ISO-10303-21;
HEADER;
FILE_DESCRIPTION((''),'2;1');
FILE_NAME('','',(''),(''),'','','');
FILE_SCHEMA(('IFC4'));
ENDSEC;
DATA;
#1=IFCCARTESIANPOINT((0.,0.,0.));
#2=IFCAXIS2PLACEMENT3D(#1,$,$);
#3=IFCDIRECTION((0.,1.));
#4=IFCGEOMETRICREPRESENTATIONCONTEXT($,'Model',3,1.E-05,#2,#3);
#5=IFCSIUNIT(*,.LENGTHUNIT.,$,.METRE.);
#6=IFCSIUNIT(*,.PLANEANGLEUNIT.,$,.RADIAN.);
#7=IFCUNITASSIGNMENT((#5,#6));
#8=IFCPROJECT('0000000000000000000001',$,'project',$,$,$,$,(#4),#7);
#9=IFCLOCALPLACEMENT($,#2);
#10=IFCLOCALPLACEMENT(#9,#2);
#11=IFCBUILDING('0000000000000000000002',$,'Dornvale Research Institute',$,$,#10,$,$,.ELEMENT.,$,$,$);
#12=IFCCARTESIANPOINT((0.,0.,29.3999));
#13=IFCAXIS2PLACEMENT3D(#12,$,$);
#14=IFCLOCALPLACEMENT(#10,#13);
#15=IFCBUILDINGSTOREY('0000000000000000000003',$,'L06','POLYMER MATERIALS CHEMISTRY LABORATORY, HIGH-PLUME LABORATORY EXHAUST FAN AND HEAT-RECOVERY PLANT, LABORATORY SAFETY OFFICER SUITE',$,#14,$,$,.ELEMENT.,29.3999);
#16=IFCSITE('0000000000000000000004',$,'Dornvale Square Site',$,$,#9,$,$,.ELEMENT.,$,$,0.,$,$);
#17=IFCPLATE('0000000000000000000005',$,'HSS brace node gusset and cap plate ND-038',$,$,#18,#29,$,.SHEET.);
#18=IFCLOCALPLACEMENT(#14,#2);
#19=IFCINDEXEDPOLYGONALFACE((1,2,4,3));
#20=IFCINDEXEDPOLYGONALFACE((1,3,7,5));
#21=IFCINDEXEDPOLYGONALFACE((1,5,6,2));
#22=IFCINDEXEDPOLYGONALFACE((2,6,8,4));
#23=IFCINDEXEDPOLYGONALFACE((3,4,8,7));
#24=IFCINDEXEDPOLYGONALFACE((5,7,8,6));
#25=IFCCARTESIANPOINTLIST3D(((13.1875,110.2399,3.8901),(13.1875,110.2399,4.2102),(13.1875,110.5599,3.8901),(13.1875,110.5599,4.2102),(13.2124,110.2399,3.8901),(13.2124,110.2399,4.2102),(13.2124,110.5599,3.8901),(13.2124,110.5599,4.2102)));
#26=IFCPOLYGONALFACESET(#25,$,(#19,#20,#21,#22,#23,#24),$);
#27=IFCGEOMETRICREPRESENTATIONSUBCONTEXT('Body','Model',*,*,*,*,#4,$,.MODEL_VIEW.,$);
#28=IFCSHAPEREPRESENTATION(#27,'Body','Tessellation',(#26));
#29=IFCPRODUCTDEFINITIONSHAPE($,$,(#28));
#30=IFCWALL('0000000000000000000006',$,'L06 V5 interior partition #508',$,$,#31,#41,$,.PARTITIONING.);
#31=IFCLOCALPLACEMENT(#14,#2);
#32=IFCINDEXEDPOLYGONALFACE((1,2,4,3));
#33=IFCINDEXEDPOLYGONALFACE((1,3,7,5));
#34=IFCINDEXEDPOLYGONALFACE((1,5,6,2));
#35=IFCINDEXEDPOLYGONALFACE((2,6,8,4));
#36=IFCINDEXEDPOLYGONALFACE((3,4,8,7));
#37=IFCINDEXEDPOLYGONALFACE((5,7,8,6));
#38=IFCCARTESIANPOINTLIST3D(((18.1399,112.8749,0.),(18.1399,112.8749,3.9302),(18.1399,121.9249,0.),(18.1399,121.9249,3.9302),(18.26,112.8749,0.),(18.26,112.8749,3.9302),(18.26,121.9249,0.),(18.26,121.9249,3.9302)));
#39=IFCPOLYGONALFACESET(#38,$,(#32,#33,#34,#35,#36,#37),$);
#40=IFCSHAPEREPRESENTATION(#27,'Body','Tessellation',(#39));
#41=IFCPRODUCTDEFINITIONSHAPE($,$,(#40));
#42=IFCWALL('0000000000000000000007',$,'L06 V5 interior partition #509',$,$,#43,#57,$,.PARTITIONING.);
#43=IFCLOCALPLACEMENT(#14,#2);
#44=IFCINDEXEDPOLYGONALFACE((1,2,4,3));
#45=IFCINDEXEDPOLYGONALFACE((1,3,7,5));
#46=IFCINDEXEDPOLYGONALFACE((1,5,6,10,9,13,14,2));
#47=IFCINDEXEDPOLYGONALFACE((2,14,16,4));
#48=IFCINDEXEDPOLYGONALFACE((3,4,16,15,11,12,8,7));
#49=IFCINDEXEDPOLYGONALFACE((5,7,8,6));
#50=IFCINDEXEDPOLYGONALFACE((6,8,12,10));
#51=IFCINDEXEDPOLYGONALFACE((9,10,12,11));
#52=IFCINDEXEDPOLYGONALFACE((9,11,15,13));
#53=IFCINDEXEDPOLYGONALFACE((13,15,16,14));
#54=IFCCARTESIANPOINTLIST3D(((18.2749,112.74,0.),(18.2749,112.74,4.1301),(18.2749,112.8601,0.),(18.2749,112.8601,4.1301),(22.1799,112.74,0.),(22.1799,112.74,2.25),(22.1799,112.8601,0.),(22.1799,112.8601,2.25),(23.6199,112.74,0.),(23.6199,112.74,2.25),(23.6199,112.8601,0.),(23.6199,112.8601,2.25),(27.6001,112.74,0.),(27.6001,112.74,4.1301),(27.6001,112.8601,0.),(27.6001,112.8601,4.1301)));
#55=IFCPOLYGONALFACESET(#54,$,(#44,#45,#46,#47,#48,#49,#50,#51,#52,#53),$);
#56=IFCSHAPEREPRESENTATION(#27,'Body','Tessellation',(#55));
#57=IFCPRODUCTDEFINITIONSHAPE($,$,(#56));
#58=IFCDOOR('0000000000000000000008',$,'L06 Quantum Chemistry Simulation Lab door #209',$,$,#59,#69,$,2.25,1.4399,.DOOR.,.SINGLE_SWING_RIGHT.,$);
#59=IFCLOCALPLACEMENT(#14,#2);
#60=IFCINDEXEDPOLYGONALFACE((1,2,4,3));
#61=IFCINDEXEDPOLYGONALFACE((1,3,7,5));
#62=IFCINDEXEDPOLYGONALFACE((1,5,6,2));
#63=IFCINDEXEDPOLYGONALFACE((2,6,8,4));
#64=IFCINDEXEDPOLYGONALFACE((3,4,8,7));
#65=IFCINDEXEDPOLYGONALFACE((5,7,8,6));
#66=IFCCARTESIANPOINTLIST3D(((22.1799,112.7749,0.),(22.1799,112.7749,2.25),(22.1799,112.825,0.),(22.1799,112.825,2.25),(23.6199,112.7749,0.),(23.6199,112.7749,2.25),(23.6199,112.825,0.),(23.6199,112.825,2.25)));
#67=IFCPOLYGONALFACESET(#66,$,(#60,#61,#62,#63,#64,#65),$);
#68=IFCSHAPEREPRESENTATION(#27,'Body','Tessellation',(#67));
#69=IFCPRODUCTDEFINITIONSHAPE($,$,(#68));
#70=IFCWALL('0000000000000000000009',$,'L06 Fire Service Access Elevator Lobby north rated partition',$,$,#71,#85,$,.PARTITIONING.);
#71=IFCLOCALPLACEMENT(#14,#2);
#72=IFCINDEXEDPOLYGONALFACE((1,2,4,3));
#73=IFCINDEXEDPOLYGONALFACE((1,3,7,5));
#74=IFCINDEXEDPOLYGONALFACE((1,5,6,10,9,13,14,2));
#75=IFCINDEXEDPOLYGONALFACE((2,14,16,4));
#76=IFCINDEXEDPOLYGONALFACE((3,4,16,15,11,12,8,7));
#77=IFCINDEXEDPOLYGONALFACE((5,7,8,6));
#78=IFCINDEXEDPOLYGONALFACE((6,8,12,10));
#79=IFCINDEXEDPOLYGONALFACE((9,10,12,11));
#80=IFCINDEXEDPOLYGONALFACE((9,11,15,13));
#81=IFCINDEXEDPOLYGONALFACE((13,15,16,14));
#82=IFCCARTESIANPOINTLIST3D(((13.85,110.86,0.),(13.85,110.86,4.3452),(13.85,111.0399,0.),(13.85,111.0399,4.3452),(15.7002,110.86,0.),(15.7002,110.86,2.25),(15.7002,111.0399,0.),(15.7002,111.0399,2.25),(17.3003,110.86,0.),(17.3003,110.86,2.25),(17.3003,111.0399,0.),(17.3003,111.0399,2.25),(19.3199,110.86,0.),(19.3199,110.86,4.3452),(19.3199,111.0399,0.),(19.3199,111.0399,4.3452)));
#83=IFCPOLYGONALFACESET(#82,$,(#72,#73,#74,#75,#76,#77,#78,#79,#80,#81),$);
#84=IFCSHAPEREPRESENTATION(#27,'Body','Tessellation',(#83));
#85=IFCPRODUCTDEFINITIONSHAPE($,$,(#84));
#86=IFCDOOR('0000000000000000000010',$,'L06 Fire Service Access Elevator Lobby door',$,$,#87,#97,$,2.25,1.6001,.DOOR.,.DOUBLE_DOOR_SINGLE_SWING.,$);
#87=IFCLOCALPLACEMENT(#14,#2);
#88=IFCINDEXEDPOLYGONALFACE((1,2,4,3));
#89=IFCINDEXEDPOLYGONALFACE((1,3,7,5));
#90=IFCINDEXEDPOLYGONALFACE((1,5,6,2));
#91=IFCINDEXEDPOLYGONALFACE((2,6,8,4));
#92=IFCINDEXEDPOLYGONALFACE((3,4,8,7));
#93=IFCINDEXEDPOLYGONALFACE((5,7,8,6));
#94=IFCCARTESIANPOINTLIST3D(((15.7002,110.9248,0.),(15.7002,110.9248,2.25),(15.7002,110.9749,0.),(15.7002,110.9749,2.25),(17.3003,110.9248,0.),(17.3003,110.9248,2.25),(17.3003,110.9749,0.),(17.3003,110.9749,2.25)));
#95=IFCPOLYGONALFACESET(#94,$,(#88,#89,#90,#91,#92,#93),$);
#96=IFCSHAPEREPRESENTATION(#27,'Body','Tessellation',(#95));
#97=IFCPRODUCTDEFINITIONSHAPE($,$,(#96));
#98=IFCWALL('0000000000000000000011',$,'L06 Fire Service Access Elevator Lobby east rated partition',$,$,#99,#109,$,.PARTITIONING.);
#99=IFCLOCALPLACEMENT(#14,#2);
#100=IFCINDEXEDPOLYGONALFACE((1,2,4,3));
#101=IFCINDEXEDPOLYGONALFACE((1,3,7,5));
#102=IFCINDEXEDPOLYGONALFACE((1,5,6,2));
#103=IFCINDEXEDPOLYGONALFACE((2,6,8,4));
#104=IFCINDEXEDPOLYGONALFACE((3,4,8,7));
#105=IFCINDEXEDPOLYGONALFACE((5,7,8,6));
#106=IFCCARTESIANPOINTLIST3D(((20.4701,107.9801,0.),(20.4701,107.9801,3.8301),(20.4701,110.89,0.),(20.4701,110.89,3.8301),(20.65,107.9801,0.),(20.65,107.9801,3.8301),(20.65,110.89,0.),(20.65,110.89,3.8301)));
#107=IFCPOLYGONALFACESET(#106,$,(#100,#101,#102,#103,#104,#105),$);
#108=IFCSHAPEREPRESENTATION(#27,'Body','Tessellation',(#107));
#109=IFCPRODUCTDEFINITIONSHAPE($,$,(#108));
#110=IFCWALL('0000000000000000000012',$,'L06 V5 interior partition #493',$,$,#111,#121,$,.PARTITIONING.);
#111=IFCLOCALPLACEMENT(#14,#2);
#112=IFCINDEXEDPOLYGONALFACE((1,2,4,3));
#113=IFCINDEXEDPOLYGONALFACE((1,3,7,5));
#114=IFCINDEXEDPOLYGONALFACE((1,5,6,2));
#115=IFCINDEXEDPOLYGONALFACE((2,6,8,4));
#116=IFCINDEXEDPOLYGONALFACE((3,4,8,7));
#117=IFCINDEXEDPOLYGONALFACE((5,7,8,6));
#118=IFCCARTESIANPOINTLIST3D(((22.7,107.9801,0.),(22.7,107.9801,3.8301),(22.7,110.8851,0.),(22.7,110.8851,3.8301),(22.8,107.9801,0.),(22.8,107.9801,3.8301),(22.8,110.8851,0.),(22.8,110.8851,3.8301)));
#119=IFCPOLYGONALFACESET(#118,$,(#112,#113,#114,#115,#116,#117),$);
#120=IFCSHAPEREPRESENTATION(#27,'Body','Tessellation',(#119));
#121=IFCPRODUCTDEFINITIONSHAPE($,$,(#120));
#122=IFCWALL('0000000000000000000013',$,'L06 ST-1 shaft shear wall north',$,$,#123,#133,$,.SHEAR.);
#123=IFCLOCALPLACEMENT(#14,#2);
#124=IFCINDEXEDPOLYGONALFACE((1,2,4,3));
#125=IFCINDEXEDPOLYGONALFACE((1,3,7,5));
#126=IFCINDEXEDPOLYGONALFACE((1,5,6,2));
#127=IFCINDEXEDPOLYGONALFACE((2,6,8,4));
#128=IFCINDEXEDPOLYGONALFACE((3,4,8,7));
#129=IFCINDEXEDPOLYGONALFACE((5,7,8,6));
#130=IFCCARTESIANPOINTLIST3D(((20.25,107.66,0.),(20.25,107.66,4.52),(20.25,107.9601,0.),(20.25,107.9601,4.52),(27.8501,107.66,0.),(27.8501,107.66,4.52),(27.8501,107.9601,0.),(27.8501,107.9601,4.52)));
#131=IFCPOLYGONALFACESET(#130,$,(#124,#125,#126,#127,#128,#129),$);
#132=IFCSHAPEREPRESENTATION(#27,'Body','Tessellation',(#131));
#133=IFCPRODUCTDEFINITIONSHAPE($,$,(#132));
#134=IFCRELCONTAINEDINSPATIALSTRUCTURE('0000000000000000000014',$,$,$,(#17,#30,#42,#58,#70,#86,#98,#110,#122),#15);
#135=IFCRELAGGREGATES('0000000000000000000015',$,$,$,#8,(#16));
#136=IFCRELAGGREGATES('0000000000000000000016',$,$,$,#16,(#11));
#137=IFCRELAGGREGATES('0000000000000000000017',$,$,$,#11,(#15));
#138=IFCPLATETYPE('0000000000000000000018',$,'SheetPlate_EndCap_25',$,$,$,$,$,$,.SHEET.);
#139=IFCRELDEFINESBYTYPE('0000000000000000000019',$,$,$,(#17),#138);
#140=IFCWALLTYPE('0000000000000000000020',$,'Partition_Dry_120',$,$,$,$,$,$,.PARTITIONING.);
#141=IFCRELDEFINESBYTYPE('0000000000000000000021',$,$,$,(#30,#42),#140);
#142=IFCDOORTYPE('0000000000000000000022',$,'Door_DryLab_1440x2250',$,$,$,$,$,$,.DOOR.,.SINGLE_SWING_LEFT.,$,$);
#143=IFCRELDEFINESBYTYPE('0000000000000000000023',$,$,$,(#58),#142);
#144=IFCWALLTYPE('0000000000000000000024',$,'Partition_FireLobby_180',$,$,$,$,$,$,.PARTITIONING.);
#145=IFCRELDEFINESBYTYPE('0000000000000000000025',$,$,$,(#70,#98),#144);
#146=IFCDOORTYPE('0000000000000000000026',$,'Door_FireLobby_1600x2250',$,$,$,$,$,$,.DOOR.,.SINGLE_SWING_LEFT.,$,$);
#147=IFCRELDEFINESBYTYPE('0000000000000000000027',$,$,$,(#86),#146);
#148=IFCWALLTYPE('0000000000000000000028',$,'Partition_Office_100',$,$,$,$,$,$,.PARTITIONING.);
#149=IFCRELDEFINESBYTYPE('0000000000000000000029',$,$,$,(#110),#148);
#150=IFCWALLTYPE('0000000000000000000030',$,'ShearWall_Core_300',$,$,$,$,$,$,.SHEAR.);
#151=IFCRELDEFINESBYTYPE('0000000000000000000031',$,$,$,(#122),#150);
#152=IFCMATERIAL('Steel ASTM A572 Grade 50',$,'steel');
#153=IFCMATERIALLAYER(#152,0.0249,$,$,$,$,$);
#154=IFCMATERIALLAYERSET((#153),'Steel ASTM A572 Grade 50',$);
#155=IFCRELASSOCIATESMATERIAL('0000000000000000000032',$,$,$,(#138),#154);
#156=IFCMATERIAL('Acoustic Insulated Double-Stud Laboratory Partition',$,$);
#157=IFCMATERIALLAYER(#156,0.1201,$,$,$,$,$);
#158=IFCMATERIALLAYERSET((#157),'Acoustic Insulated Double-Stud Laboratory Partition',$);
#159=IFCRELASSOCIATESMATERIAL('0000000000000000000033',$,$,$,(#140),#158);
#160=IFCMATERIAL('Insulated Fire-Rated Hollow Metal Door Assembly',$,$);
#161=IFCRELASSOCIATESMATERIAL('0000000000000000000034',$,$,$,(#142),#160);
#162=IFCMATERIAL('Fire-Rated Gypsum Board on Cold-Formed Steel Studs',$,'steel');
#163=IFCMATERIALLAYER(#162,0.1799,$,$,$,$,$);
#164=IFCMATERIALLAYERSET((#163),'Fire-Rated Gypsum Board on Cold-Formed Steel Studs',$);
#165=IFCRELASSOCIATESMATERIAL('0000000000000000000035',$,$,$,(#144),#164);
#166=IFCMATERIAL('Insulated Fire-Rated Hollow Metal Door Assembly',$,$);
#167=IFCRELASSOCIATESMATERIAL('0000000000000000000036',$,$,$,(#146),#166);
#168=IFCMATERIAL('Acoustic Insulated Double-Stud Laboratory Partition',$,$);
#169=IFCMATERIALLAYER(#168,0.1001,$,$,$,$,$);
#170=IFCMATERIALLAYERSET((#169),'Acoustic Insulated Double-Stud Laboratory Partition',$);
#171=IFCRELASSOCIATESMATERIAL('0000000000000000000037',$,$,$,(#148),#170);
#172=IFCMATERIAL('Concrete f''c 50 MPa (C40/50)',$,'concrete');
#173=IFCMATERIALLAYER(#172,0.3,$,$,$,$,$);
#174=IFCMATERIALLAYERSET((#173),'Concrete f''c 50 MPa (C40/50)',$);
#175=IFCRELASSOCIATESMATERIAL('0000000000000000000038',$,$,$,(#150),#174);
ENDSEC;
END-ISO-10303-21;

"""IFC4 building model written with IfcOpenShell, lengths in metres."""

from ifc_helpers import new_model, si_unit, direction, frame, frame_2d, origin, origin_2d, place, context, subcontext, project, spatial, rectangle, extrude, material, layer, layer_set, type_object, element, fill, save


model = new_model("IFC4")

# Units and contexts
model_context = context("Model", 3, precision=1e-05, world=origin(), true_north=direction((0.0, 1.0)))
body_context = subcontext(model_context, "Body", "Model", "MODEL_VIEW")
ifc_project = project(units=[si_unit("LENGTHUNIT", "METRE"), si_unit("PLANEANGLEUNIT", "RADIAN")], contexts=[model_context])

# Site, building, storey
site_placement = place(None, origin())
site = spatial("IfcSite", under=ifc_project, at=site_placement, Name="Dornvale Square Site", CompositionType="ELEMENT", RefElevation=0.0)
building_placement = place(site_placement, origin())
building = spatial("IfcBuilding", under=site, at=building_placement, Name="Dornvale Research Institute", CompositionType="ELEMENT")
storey_placement = place(building_placement, frame((0.0, 0.0, 29.3999)))
storey = spatial("IfcBuildingStorey", under=building, at=storey_placement, Name="L06", Description="POLYMER MATERIALS CHEMISTRY LABORATORY, HIGH-PLUME LABORATORY EXHAUST FAN AND HEAT-RECOVERY PLANT, LABORATORY SAFETY OFFICER SUITE", CompositionType="ELEMENT", Elevation=29.3999)

# Plate
ifc_material_1 = material(Name="Steel ASTM A572 Grade 50", Category="steel")
ifc_layer_1 = layer(ifc_material_1, 0.0249)
ifc_layer_set_1 = layer_set([ifc_layer_1], Name="Steel ASTM A572 Grade 50")
plate_type = type_object("IfcPlateType", Name="SheetPlate_EndCap_25", PredefinedType="SHEET", material=ifc_layer_set_1)
plate_placement = place(storey_placement, frame((13.2, 110.3999, 3.8901), z_axis=(0.0, 0.0, 1.0), x_axis=(0.0, 1.0, 0.0)))
element("IfcPlate", 1, at=plate_placement, inside=storey, type_object=plate_type, Name="HSS brace node gusset and cap plate ND-038", PredefinedType="SHEET", context=body_context, shape_type="SweptSolid", body=[
    extrude(rectangle(XDim=0.3201, YDim=0.0249, at=origin_2d()), origin(), (0.0, 0.0, 1.0), 0.3201),
])

# Wall
ifc_material_2 = material(Name="Acoustic Insulated Double-Stud Laboratory Partition")
ifc_layer_2 = layer(ifc_material_2, 0.1201)
ifc_layer_set_2 = layer_set([ifc_layer_2], Name="Acoustic Insulated Double-Stud Laboratory Partition")
wall_type_1 = type_object("IfcWallType", Name="Partition_Dry_120", PredefinedType="PARTITIONING", material=ifc_layer_set_2)
wall_1_placement = place(storey_placement, frame((18.2, 112.875, 0.0), z_axis=(0.0, 0.0, 1.0), x_axis=(0.0, 1.0, 0.0)))
element("IfcWall", 2, at=wall_1_placement, inside=storey, type_object=wall_type_1, Name="L06 V5 interior partition #508", PredefinedType="PARTITIONING", context=body_context, shape_type="SweptSolid", body=[
    extrude(rectangle(XDim=9.05, YDim=0.1201, at=frame_2d((4.5249, 0.0))), origin(), (0.0, 0.0, 1.0), 3.9302),
])

# Walls, openings, doors
wall_2_placement = place(storey_placement, frame((18.2749, 112.8, 0.0), z_axis=(0.0, 0.0, 1.0), x_axis=(1.0, 0.0, 0.0)))
wall_2 = element("IfcWall", 3, at=wall_2_placement, inside=storey, type_object=wall_type_1, Name="L06 V5 interior partition #509", PredefinedType="PARTITIONING", context=body_context, shape_type="SweptSolid", body=[
    extrude(rectangle(XDim=9.3252, YDim=0.1201, at=frame_2d((4.6626, 0.0))), origin(), (0.0, 0.0, 1.0), 4.1301),
])
opening_1_placement = place(wall_2_placement, frame((3.905, 0.0, 0.0)))
opening_1 = element("IfcOpeningElement", 4, at=opening_1_placement, cuts=wall_2, PredefinedType="OPENING", context=body_context, shape_type="SweptSolid", body=[
    extrude(rectangle(XDim=1.4399, YDim=2.25, at=frame_2d((0.72, 1.125))), frame((0.0, 0.075, 0.0), z_axis=(0.0, -1.0, 0.0), x_axis=(1.0, 0.0, 0.0)), (0.0, 0.0, 1.0), 0.1501),
])
ifc_material_3 = material(Name="Insulated Fire-Rated Hollow Metal Door Assembly")
door_type_1 = type_object("IfcDoorType", Name="Door_DryLab_1440x2250", OperationType="SINGLE_SWING_LEFT", PredefinedType="DOOR", material=ifc_material_3)
door_1_placement = place(opening_1_placement, origin())
door_1 = element("IfcDoor", 5, at=door_1_placement, inside=storey, type_object=door_type_1, Name="L06 Quantum Chemistry Simulation Lab door #209", OperationType="SINGLE_SWING_RIGHT", OverallHeight=2.25, OverallWidth=1.4399, PredefinedType="DOOR", context=body_context, shape_type="SweptSolid", body=[
    extrude(rectangle(XDim=1.4399, YDim=2.25, at=frame_2d((0.72, 1.125))), frame((0.0, 0.0249, 0.0), z_axis=(0.0, -1.0, 0.0), x_axis=(1.0, 0.0, 0.0)), (0.0, 0.0, 1.0), 0.05),
])
fill(opening_1, door_1)
ifc_material_4 = material(Name="Fire-Rated Gypsum Board on Cold-Formed Steel Studs", Category="steel")
ifc_layer_3 = layer(ifc_material_4, 0.1799)
ifc_layer_set_3 = layer_set([ifc_layer_3], Name="Fire-Rated Gypsum Board on Cold-Formed Steel Studs")
wall_type_2 = type_object("IfcWallType", Name="Partition_FireLobby_180", PredefinedType="PARTITIONING", material=ifc_layer_set_3)
wall_3_placement = place(storey_placement, frame((13.8501, 110.95, 0.0), z_axis=(0.0, 0.0, 1.0), x_axis=(1.0, 0.0, 0.0)))
wall_3 = element("IfcWall", 6, at=wall_3_placement, inside=storey, type_object=wall_type_2, Name="L06 Fire Service Access Elevator Lobby north rated partition", PredefinedType="PARTITIONING", context=body_context, shape_type="SweptSolid", body=[
    extrude(rectangle(XDim=5.47, YDim=0.1799, at=frame_2d((2.7349, 0.0))), origin(), (0.0, 0.0, 1.0), 4.3452),
])
opening_2_placement = place(wall_3_placement, frame((1.8501, 0.0, 0.0)))
opening_2 = element("IfcOpeningElement", 7, at=opening_2_placement, cuts=wall_3, PredefinedType="OPENING", context=body_context, shape_type="SweptSolid", body=[
    extrude(rectangle(XDim=1.6001, YDim=2.25, at=frame_2d((0.8, 1.125))), frame((0.0, 0.105, 0.0), z_axis=(0.0, -1.0, 0.0), x_axis=(1.0, 0.0, 0.0)), (0.0, 0.0, 1.0), 0.21),
])
ifc_material_5 = material(Name="Insulated Fire-Rated Hollow Metal Door Assembly")
door_type_2 = type_object("IfcDoorType", Name="Door_FireLobby_1600x2250", OperationType="SINGLE_SWING_LEFT", PredefinedType="DOOR", material=ifc_material_5)
door_2_placement = place(opening_2_placement, origin())
door_2 = element("IfcDoor", 8, at=door_2_placement, inside=storey, type_object=door_type_2, Name="L06 Fire Service Access Elevator Lobby door", OperationType="DOUBLE_DOOR_SINGLE_SWING", OverallHeight=2.25, OverallWidth=1.6001, PredefinedType="DOOR", context=body_context, shape_type="SweptSolid", body=[
    extrude(rectangle(XDim=1.6001, YDim=2.25, at=frame_2d((0.8, 1.125))), frame((0.0, 0.0249, 0.0), z_axis=(0.0, -1.0, 0.0), x_axis=(1.0, 0.0, 0.0)), (0.0, 0.0, 1.0), 0.05),
])
fill(opening_2, door_2)

# Wall
wall_4_placement = place(storey_placement, frame((20.5601, 107.98, 0.0), z_axis=(0.0, 0.0, 1.0), x_axis=(0.0, 1.0, 0.0)))
element("IfcWall", 9, at=wall_4_placement, inside=storey, type_object=wall_type_2, Name="L06 Fire Service Access Elevator Lobby east rated partition", PredefinedType="PARTITIONING", context=body_context, shape_type="SweptSolid", body=[
    extrude(rectangle(XDim=2.9099, YDim=0.1799, at=frame_2d((1.4551, 0.0))), origin(), (0.0, 0.0, 1.0), 3.8301),
])

# Shared definitions
ifc_material_6 = material(Name="Acoustic Insulated Double-Stud Laboratory Partition")
ifc_layer_4 = layer(ifc_material_6, 0.1001)
ifc_layer_set_4 = layer_set([ifc_layer_4], Name="Acoustic Insulated Double-Stud Laboratory Partition")
wall_type_3 = type_object("IfcWallType", Name="Partition_Office_100", PredefinedType="PARTITIONING", material=ifc_layer_set_4)

# Wall
wall_5_placement = place(storey_placement, frame((22.75, 107.98, 0.0), z_axis=(0.0, 0.0, 1.0), x_axis=(0.0, 1.0, 0.0)))
element("IfcWall", 10, at=wall_5_placement, inside=storey, type_object=wall_type_3, Name="L06 V5 interior partition #493", PredefinedType="PARTITIONING", context=body_context, shape_type="SweptSolid", body=[
    extrude(rectangle(XDim=2.905, YDim=0.1001, at=frame_2d((1.4526, 0.0))), origin(), (0.0, 0.0, 1.0), 3.8301),
])

# Wall
ifc_material_7 = material(Name="Concrete f'c 50 MPa (C40/50)", Category="concrete")
ifc_layer_5 = layer(ifc_material_7, 0.3)
ifc_layer_set_5 = layer_set([ifc_layer_5], Name="Concrete f'c 50 MPa (C40/50)")
wall_type_4 = type_object("IfcWallType", Name="ShearWall_Core_300", PredefinedType="SHEAR", material=ifc_layer_set_5)
wall_6_placement = place(storey_placement, frame((20.25, 107.8101, 0.0), z_axis=(0.0, 0.0, 1.0), x_axis=(1.0, 0.0, 0.0)))
element("IfcWall", 11, at=wall_6_placement, inside=storey, type_object=wall_type_4, Name="L06 ST-1 shaft shear wall north", PredefinedType="SHEAR", context=body_context, shape_type="SweptSolid", body=[
    extrude(rectangle(XDim=7.6001, YDim=0.3, at=frame_2d((3.8, 0.0))), origin(), (0.0, 0.0, 1.0), 4.52),
])

save(model, "model.ifc")
